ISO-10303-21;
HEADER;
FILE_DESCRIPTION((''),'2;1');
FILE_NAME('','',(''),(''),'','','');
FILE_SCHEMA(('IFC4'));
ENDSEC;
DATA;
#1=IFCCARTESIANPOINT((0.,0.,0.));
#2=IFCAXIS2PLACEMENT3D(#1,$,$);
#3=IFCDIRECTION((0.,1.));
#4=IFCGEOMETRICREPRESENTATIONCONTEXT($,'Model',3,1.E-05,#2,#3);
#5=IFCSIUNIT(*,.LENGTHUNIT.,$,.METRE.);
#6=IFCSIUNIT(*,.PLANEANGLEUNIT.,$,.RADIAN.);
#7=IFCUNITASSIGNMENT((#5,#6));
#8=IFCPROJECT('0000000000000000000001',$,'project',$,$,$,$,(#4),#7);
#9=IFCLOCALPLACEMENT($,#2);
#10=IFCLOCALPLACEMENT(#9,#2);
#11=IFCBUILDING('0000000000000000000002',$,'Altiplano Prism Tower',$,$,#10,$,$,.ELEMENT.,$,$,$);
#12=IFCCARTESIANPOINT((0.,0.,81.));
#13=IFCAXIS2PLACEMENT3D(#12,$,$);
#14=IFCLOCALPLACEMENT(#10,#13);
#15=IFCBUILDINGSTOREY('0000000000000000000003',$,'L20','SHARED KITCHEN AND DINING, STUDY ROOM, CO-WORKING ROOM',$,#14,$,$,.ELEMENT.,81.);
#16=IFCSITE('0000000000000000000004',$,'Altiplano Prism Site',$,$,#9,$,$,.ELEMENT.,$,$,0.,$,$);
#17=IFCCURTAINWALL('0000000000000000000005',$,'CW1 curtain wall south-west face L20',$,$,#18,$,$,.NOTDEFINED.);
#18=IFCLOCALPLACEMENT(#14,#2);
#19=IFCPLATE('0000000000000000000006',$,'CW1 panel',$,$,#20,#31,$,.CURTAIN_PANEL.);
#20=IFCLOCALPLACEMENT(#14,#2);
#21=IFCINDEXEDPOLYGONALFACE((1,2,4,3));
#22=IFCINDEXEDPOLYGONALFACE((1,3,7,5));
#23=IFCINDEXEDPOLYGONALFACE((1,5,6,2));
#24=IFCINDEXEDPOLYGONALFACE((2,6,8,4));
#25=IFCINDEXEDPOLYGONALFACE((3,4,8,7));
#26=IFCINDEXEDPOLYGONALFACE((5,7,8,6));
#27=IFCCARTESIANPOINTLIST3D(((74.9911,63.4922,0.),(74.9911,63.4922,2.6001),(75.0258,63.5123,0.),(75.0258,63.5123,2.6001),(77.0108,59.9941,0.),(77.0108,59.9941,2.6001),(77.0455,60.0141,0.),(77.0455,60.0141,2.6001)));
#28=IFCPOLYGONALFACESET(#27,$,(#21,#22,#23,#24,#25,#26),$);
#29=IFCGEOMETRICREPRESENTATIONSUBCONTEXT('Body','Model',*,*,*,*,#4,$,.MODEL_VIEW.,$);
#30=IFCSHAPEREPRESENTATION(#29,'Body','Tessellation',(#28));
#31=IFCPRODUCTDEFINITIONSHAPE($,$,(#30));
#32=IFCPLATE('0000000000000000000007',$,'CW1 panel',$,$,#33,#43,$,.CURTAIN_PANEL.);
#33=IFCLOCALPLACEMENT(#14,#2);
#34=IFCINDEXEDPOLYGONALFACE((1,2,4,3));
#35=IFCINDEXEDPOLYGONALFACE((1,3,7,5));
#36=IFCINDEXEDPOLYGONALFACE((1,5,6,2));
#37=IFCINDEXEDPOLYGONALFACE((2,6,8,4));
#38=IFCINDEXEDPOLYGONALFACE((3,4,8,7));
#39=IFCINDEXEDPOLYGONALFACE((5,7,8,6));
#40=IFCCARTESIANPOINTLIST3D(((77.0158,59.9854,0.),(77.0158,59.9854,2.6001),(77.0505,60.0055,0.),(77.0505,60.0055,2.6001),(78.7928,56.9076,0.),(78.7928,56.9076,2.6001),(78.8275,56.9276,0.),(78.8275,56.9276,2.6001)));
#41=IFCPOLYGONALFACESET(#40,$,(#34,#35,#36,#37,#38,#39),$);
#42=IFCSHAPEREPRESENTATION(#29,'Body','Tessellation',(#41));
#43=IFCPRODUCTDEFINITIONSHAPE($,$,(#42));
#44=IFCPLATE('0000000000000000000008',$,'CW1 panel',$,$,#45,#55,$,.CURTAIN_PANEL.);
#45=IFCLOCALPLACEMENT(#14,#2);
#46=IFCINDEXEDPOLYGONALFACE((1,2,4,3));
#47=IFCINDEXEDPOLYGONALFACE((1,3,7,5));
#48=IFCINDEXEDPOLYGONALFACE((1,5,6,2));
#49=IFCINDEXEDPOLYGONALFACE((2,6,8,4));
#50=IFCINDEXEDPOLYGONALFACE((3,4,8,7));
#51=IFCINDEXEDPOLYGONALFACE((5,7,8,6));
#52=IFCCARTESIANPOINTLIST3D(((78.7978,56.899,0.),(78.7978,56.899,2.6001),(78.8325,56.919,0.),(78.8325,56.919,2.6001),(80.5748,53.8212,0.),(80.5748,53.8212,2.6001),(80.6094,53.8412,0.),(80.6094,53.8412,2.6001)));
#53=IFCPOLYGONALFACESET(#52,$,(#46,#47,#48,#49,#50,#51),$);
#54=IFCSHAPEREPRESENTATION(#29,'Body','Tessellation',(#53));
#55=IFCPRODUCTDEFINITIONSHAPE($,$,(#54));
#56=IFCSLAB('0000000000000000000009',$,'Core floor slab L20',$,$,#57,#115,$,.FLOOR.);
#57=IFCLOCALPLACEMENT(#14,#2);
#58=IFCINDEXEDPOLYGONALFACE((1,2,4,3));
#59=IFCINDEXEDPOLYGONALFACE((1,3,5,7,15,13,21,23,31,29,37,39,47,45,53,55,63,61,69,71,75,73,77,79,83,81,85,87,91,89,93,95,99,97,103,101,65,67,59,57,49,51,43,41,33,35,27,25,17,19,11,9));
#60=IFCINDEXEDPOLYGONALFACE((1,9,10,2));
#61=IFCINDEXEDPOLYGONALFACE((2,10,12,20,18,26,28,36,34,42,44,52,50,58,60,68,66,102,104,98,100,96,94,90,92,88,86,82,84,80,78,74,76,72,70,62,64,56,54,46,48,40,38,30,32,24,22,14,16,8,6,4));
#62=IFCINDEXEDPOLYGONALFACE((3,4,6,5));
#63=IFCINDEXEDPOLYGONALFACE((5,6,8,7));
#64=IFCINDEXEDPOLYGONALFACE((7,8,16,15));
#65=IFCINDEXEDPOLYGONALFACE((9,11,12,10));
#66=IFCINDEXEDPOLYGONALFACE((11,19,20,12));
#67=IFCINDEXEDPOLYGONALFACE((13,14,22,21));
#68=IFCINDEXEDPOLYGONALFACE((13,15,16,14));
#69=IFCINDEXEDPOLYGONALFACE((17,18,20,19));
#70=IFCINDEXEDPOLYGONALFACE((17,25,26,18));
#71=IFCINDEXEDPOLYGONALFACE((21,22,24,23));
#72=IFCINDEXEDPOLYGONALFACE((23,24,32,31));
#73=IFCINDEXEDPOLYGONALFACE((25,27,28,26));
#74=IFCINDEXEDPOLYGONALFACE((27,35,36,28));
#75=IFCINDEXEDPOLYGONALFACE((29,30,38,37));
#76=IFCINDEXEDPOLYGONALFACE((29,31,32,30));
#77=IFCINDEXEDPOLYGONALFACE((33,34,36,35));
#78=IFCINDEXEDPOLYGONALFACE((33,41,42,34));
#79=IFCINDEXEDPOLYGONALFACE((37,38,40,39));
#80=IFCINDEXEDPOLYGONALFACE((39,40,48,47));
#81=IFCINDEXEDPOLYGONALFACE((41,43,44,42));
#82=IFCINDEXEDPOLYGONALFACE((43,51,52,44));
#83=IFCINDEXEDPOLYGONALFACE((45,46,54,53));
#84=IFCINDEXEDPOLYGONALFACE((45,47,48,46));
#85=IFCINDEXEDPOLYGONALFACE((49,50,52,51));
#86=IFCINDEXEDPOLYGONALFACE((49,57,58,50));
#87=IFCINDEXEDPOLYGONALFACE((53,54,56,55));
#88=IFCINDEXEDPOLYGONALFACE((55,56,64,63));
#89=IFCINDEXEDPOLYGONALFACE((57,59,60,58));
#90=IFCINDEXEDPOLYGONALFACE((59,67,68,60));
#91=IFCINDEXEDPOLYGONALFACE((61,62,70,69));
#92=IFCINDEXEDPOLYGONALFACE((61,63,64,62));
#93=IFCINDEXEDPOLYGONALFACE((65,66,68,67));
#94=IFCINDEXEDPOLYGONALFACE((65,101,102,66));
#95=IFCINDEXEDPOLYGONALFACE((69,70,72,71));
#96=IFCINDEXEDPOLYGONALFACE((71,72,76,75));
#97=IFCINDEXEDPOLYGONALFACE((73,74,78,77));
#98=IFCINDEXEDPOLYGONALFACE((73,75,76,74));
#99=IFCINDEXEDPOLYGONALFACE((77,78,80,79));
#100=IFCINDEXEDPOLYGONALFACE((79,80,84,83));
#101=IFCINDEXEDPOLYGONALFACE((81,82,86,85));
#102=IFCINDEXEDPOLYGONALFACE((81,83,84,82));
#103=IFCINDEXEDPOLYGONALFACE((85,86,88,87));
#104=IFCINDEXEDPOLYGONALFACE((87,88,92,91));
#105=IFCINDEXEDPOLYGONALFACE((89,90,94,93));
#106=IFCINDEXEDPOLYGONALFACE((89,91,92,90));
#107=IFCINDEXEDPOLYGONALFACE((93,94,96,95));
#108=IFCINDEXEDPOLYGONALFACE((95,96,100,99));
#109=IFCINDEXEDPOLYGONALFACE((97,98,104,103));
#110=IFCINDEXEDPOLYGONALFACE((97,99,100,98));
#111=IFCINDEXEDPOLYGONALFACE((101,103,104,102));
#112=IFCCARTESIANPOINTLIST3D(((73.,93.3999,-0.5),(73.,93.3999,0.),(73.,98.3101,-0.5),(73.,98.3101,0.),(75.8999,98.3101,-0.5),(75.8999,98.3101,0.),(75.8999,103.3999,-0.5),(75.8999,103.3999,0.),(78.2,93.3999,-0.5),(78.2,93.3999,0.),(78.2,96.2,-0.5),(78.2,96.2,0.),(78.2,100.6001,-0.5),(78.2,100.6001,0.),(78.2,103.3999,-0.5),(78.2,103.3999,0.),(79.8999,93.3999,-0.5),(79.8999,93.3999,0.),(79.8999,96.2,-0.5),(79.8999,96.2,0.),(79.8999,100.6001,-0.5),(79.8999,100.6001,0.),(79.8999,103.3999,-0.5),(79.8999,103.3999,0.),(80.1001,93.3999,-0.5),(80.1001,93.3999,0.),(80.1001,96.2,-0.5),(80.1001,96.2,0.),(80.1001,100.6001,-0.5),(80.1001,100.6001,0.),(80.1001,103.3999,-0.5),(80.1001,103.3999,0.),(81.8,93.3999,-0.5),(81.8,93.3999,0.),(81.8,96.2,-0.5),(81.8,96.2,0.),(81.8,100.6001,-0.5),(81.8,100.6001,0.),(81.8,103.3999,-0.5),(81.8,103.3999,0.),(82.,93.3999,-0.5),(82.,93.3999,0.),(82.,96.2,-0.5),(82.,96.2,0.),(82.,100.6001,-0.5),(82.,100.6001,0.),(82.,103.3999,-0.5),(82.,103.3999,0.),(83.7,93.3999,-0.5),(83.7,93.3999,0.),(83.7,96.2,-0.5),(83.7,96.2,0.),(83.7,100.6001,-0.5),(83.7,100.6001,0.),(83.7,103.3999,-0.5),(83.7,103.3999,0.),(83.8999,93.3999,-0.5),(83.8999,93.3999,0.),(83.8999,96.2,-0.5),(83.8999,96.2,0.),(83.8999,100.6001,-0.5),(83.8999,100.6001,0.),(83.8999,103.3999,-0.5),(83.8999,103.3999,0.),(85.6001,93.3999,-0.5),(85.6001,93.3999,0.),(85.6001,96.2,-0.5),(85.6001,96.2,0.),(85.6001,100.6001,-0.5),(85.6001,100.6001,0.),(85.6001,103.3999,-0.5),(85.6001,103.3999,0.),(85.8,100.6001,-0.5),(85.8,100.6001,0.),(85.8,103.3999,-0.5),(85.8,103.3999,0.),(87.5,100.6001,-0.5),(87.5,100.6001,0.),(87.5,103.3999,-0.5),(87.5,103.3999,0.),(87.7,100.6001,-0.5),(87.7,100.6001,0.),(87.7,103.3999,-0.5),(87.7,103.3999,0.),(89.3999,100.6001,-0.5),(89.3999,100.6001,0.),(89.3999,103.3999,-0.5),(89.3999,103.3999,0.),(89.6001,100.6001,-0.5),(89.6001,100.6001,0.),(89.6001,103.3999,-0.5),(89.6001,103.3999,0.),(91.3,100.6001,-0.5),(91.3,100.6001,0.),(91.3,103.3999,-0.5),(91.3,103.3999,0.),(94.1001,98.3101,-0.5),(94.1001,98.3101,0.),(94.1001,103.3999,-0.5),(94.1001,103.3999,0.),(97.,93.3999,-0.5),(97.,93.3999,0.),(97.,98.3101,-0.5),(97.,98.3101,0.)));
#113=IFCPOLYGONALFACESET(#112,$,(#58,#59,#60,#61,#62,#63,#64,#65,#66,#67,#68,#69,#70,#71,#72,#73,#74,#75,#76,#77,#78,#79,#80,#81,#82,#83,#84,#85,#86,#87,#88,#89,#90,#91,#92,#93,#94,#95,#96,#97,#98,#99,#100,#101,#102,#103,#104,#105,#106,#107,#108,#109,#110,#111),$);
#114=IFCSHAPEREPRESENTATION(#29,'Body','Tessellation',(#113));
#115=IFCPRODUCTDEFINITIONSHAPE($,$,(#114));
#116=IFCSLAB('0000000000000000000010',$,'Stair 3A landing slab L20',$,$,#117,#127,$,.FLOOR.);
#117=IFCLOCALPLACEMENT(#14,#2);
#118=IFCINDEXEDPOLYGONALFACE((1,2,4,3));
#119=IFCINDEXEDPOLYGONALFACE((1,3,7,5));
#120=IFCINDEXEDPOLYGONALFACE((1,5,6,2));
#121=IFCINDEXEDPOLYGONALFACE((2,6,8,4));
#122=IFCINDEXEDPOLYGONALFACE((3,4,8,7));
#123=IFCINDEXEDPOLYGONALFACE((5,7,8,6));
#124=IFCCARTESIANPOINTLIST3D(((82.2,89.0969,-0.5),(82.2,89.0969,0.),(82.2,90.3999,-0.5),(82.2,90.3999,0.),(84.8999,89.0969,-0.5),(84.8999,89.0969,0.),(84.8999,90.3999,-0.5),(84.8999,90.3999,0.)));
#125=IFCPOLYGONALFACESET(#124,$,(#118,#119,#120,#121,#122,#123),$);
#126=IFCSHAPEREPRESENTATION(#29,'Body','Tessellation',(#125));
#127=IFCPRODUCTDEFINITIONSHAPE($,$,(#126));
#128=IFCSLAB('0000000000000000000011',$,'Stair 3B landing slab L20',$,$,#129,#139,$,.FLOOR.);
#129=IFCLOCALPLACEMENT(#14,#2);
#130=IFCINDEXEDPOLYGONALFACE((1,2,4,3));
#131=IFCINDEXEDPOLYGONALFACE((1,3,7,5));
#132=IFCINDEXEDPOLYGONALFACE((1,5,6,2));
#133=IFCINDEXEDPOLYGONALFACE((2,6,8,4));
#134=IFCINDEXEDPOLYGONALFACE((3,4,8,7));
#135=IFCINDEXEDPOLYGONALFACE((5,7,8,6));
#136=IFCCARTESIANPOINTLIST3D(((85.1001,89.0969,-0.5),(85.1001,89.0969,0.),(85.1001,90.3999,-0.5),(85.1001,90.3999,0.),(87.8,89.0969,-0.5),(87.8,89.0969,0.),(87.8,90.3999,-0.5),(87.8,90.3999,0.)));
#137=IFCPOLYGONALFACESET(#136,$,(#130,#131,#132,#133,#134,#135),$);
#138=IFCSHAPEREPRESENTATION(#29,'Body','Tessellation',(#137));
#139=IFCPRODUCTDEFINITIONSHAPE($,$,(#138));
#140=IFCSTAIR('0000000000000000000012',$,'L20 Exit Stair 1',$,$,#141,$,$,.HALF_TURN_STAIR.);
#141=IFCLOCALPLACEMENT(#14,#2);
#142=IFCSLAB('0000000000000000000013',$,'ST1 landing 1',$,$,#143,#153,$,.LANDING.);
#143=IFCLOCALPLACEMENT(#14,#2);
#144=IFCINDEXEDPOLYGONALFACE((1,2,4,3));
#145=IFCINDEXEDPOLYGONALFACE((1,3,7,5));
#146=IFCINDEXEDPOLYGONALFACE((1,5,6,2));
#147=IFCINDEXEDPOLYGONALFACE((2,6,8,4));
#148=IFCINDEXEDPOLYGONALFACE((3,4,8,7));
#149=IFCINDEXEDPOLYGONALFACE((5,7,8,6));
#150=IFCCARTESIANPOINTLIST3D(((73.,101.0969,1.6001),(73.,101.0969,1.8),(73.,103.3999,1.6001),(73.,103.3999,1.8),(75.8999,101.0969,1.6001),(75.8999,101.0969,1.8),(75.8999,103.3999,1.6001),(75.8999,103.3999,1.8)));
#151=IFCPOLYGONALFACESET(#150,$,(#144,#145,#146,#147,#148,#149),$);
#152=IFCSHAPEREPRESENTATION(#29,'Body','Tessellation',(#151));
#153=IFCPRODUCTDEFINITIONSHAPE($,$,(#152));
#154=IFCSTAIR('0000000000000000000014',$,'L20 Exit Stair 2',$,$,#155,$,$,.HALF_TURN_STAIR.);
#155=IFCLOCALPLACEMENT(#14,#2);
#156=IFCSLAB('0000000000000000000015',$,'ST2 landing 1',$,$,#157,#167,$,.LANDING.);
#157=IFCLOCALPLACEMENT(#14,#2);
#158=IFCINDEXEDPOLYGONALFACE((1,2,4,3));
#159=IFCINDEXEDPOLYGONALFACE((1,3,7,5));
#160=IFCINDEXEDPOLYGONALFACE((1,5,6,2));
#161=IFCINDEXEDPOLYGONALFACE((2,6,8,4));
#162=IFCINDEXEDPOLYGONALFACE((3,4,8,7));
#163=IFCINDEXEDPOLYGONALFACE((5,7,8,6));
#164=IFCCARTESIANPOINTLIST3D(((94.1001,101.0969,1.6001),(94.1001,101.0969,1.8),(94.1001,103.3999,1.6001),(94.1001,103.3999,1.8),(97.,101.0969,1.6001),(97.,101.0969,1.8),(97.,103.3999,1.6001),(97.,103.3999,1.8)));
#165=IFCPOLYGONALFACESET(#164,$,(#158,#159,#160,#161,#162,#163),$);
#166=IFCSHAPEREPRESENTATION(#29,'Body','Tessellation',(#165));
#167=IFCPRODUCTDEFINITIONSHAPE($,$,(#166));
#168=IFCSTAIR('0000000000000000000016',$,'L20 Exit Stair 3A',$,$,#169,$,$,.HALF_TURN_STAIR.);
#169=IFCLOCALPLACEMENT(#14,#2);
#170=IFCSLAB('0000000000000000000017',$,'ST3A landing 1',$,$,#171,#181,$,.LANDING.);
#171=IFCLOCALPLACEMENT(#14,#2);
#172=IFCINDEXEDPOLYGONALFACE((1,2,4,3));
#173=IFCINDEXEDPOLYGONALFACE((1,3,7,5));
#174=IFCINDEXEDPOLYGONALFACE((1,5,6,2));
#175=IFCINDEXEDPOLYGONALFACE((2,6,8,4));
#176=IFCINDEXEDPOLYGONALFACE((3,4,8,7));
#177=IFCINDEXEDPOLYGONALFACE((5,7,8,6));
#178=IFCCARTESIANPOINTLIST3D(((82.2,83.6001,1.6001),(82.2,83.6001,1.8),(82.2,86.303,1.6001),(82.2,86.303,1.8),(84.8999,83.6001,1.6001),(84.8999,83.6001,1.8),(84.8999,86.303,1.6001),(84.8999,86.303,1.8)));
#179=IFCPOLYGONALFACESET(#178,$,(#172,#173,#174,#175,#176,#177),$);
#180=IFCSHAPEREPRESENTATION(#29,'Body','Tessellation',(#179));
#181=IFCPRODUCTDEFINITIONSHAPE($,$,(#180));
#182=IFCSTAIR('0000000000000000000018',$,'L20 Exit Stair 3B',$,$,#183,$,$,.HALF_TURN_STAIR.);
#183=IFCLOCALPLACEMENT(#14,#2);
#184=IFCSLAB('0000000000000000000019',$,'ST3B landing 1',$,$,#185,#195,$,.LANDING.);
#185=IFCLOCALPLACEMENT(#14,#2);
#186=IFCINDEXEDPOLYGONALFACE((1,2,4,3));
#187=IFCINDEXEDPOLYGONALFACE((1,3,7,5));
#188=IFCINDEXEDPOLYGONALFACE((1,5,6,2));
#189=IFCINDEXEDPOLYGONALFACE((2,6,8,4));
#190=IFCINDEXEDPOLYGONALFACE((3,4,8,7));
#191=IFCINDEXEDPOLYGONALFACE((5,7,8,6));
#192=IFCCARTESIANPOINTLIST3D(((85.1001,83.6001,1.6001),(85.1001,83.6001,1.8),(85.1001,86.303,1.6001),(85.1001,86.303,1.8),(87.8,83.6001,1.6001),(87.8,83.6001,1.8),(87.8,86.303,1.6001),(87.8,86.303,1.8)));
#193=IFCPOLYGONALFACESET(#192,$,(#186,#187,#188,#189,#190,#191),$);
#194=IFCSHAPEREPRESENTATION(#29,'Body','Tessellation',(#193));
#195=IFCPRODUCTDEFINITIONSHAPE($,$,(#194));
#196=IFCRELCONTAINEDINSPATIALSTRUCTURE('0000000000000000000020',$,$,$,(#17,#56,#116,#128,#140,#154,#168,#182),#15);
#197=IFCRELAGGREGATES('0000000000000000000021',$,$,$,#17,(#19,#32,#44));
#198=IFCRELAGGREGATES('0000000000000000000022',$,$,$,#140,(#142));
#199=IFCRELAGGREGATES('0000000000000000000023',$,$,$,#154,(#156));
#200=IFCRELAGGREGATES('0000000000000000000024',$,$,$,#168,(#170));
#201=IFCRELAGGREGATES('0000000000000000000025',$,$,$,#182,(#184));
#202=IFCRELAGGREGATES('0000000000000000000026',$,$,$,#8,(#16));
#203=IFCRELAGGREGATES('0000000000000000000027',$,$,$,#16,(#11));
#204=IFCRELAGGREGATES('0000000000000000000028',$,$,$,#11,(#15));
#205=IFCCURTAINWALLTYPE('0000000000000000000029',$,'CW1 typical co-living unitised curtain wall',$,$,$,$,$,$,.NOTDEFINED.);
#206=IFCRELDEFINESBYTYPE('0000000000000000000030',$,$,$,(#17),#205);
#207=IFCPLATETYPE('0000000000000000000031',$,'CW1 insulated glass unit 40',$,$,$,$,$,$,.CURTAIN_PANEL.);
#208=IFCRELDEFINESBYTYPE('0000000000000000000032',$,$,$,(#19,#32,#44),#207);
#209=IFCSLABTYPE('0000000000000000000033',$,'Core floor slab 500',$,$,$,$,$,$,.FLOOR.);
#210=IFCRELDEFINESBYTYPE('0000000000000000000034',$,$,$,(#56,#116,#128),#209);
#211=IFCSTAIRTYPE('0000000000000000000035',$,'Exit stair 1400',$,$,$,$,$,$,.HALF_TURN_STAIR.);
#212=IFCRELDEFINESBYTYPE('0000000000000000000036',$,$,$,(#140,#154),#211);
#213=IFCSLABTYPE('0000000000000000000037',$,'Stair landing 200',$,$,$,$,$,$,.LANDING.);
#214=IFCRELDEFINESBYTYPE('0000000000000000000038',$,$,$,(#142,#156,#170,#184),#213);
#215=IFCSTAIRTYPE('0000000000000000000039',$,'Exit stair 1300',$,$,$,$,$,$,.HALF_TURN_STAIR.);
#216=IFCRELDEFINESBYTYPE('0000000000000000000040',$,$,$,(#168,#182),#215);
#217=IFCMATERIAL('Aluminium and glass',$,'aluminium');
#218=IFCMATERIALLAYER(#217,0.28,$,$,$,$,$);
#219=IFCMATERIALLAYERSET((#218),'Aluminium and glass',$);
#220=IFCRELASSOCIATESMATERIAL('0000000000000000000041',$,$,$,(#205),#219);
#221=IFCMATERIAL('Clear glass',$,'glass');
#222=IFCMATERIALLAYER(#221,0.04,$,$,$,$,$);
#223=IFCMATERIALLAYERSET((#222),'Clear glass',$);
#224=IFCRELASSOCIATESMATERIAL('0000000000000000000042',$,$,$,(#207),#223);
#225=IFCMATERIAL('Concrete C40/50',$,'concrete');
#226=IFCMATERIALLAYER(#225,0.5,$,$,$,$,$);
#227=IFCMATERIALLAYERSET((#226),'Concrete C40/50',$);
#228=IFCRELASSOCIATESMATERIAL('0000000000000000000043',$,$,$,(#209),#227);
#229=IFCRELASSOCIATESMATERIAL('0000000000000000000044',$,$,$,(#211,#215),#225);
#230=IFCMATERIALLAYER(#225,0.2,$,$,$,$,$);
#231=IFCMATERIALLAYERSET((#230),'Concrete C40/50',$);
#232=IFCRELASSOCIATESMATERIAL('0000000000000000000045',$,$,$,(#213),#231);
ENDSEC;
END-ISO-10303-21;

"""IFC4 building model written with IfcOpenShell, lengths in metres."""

from ifc_helpers import new_model, si_unit, direction, frame, origin, origin_2d, place, context, subcontext, project, spatial, polyline, rectangle, outline, extrude, material, layer, layer_set, type_object, element, aggregate, save


model = new_model("IFC4")

# Units and contexts
model_context = context("Model", 3, precision=1e-05, world=origin(), true_north=direction((0.0, 1.0)))
body_context = subcontext(model_context, "Body", "Model", "MODEL_VIEW")
ifc_project = project(units=[si_unit("LENGTHUNIT", "METRE"), si_unit("PLANEANGLEUNIT", "RADIAN")], contexts=[model_context])

# Site, building, storey
site_placement = place(None, origin())
site = spatial("IfcSite", under=ifc_project, at=site_placement, Name="Altiplano Prism Site", CompositionType="ELEMENT", RefElevation=0.0)
building_placement = place(site_placement, origin())
building = spatial("IfcBuilding", under=site, at=building_placement, Name="Altiplano Prism Tower", CompositionType="ELEMENT")
storey_placement = place(building_placement, frame((0.0, 0.0, 81.0)))
storey = spatial("IfcBuildingStorey", under=building, at=storey_placement, Name="L20", Description="SHARED KITCHEN AND DINING, STUDY ROOM, CO-WORKING ROOM", CompositionType="ELEMENT", Elevation=81.0)

# Curtain wall
ifc_material_1 = material(Name="Aluminium and glass", Category="aluminium")
ifc_layer_1 = layer(ifc_material_1, 0.28)
ifc_layer_set_1 = layer_set([ifc_layer_1], Name="Aluminium and glass")
curtain_wall_type = type_object("IfcCurtainWallType", Name="CW1 typical co-living unitised curtain wall", PredefinedType="NOTDEFINED", material=ifc_layer_set_1)
curtain_wall_placement = place(storey_placement, origin())
curtain_wall = element("IfcCurtainWall", 1, at=curtain_wall_placement, inside=storey, type_object=curtain_wall_type, Name="CW1 curtain wall south-west face L20", PredefinedType="NOTDEFINED")

# Plates
ifc_material_2 = material(Name="Clear glass", Category="glass")
ifc_layer_2 = layer(ifc_material_2, 0.04)
ifc_layer_set_2 = layer_set([ifc_layer_2], Name="Clear glass")
plate_type = type_object("IfcPlateType", Name="CW1 insulated glass unit 40", PredefinedType="CURTAIN_PANEL", material=ifc_layer_set_2)
plate_1_placement = place(storey_placement, frame((76.0183, 61.7532, 0.0), z_axis=(0.0, 0.0, 1.0), x_axis=(0.5, -0.866025, 0.0)))
plate_1 = element("IfcPlate", 2, at=plate_1_placement, type_object=plate_type, Name="CW1 panel", PredefinedType="CURTAIN_PANEL", context=body_context, shape_type="SweptSolid", body=[
    extrude(rectangle(XDim=4.0393, YDim=0.04, at=origin_2d()), origin(), (0.0, 0.0, 1.0), 2.6001),
])
plate_2_placement = place(storey_placement, frame((77.9216, 58.4565, 0.0), z_axis=(0.0, 0.0, 1.0), x_axis=(0.5, -0.866025, 0.0)))
plate_2 = element("IfcPlate", 3, at=plate_2_placement, type_object=plate_type, Name="CW1 panel", PredefinedType="CURTAIN_PANEL", context=body_context, shape_type="SweptSolid", body=[
    extrude(rectangle(XDim=3.554, YDim=0.04, at=origin_2d()), origin(), (0.0, 0.0, 1.0), 2.6001),
])
plate_3_placement = place(storey_placement, frame((79.7036, 55.3701, 0.0), z_axis=(0.0, 0.0, 1.0), x_axis=(0.5, -0.866025, 0.0)))
plate_3 = element("IfcPlate", 4, at=plate_3_placement, type_object=plate_type, Name="CW1 panel", PredefinedType="CURTAIN_PANEL", context=body_context, shape_type="SweptSolid", body=[
    extrude(rectangle(XDim=3.554, YDim=0.04, at=origin_2d()), origin(), (0.0, 0.0, 1.0), 2.6001),
])
aggregate(curtain_wall, [plate_1, plate_2, plate_3])

# Slabs
ifc_material_3 = material(Name="Concrete C40/50", Category="concrete")
ifc_layer_3 = layer(ifc_material_3, 0.5)
ifc_layer_set_3 = layer_set([ifc_layer_3], Name="Concrete C40/50")
slab_type_1 = type_object("IfcSlabType", Name="Core floor slab 500", PredefinedType="FLOOR", material=ifc_layer_set_3)
slab_1_placement = place(storey_placement, frame((0.0, 0.0, -0.5)))
element("IfcSlab", 5, at=slab_1_placement, inside=storey, type_object=slab_type_1, Name="Core floor slab L20", PredefinedType="FLOOR", context=body_context, shape_type="SweptSolid", body=[
    extrude(outline(polyline([(97.0, 98.3101), (94.1001, 98.3101), (94.1001, 103.3999), (91.3, 103.3999), (91.3, 100.6001), (89.6001, 100.6001), (89.6001, 103.3999), (89.3999, 103.3999), (89.3999, 100.6001), (87.7, 100.6001), (87.7, 103.3999), (87.5, 103.3999), (87.5, 100.6001), (85.8, 100.6001), (85.8, 103.3999), (85.6001, 103.3999), (85.6001, 100.6001), (83.8999, 100.6001), (83.8999, 103.3999), (83.7, 103.3999), (83.7, 100.6001), (82.0, 100.6001), (82.0, 103.3999), (81.8, 103.3999), (81.8, 100.6001), (80.1001, 100.6001), (80.1001, 103.3999), (79.8999, 103.3999), (79.8999, 100.6001), (78.2, 100.6001), (78.2, 103.3999), (75.8999, 103.3999), (75.8999, 98.3101), (73.0, 98.3101), (73.0, 93.3999), (78.2, 93.3999), (78.2, 96.2), (79.8999, 96.2), (79.8999, 93.3999), (80.1001, 93.3999), (80.1001, 96.2), (81.8, 96.2), (81.8, 93.3999), (82.0, 93.3999), (82.0, 96.2), (83.7, 96.2), (83.7, 93.3999), (83.8999, 93.3999), (83.8999, 96.2), (85.6001, 96.2), (85.6001, 93.3999), (97.0, 93.3999), (97.0, 98.3101)])), origin(), (0.0, 0.0, 1.0), 0.5),
])
slab_2_placement = place(storey_placement, frame((0.0, 0.0, -0.5)))
element("IfcSlab", 6, at=slab_2_placement, inside=storey, type_object=slab_type_1, Name="Stair 3A landing slab L20", PredefinedType="FLOOR", context=body_context, shape_type="SweptSolid", body=[
    extrude(outline(polyline([(82.2, 89.0969), (84.8999, 89.0969), (84.8999, 90.3999), (82.2, 90.3999), (82.2, 89.0969)])), origin(), (0.0, 0.0, 1.0), 0.5),
])
slab_3_placement = place(storey_placement, frame((0.0, 0.0, -0.5)))
element("IfcSlab", 7, at=slab_3_placement, inside=storey, type_object=slab_type_1, Name="Stair 3B landing slab L20", PredefinedType="FLOOR", context=body_context, shape_type="SweptSolid", body=[
    extrude(outline(polyline([(85.1001, 89.0969), (87.8, 89.0969), (87.8, 90.3999), (85.1001, 90.3999), (85.1001, 89.0969)])), origin(), (0.0, 0.0, 1.0), 0.5),
])

# Stairs, slabs
stair_type_1 = type_object("IfcStairType", Name="Exit stair 1400", PredefinedType="HALF_TURN_STAIR", material=ifc_material_3)
stair_1_placement = place(storey_placement, origin())
stair_1 = element("IfcStair", 8, at=stair_1_placement, inside=storey, type_object=stair_type_1, Name="L20 Exit Stair 1", PredefinedType="HALF_TURN_STAIR")
ifc_layer_4 = layer(ifc_material_3, 0.2)
ifc_layer_set_4 = layer_set([ifc_layer_4], Name="Concrete C40/50")
slab_type_2 = type_object("IfcSlabType", Name="Stair landing 200", PredefinedType="LANDING", material=ifc_layer_set_4)
slab_4_placement = place(storey_placement, frame((0.0, 0.0, 1.6001)))
slab_4 = element("IfcSlab", 9, at=slab_4_placement, type_object=slab_type_2, Name="ST1 landing 1", PredefinedType="LANDING", context=body_context, shape_type="SweptSolid", body=[
    extrude(outline(polyline([(75.8999, 101.0969), (75.8999, 103.3999), (73.0, 103.3999), (73.0, 101.0969), (75.8999, 101.0969)])), origin(), (0.0, 0.0, 1.0), 0.2),
])
aggregate(stair_1, [slab_4])
stair_2_placement = place(storey_placement, origin())
stair_2 = element("IfcStair", 10, at=stair_2_placement, inside=storey, type_object=stair_type_1, Name="L20 Exit Stair 2", PredefinedType="HALF_TURN_STAIR")
slab_5_placement = place(storey_placement, frame((0.0, 0.0, 1.6001)))
slab_5 = element("IfcSlab", 11, at=slab_5_placement, type_object=slab_type_2, Name="ST2 landing 1", PredefinedType="LANDING", context=body_context, shape_type="SweptSolid", body=[
    extrude(outline(polyline([(97.0, 101.0969), (97.0, 103.3999), (94.1001, 103.3999), (94.1001, 101.0969), (97.0, 101.0969)])), origin(), (0.0, 0.0, 1.0), 0.2),
])
aggregate(stair_2, [slab_5])
stair_type_2 = type_object("IfcStairType", Name="Exit stair 1300", PredefinedType="HALF_TURN_STAIR", material=ifc_material_3)
stair_3_placement = place(storey_placement, origin())
stair_3 = element("IfcStair", 12, at=stair_3_placement, inside=storey, type_object=stair_type_2, Name="L20 Exit Stair 3A", PredefinedType="HALF_TURN_STAIR")
slab_6_placement = place(storey_placement, frame((0.0, 0.0, 1.6001)))
slab_6 = element("IfcSlab", 13, at=slab_6_placement, type_object=slab_type_2, Name="ST3A landing 1", PredefinedType="LANDING", context=body_context, shape_type="SweptSolid", body=[
    extrude(outline(polyline([(82.2, 86.303), (82.2, 83.6001), (84.8999, 83.6001), (84.8999, 86.303), (82.2, 86.303)])), origin(), (0.0, 0.0, 1.0), 0.2),
])
aggregate(stair_3, [slab_6])
stair_4_placement = place(storey_placement, origin())
stair_4 = element("IfcStair", 14, at=stair_4_placement, inside=storey, type_object=stair_type_2, Name="L20 Exit Stair 3B", PredefinedType="HALF_TURN_STAIR")
slab_7_placement = place(storey_placement, frame((0.0, 0.0, 1.6001)))
slab_7 = element("IfcSlab", 15, at=slab_7_placement, type_object=slab_type_2, Name="ST3B landing 1", PredefinedType="LANDING", context=body_context, shape_type="SweptSolid", body=[
    extrude(outline(polyline([(85.1001, 86.303), (85.1001, 83.6001), (87.8, 83.6001), (87.8, 86.303), (85.1001, 86.303)])), origin(), (0.0, 0.0, 1.0), 0.2),
])
aggregate(stair_4, [slab_7])

save(model, "model.ifc")
